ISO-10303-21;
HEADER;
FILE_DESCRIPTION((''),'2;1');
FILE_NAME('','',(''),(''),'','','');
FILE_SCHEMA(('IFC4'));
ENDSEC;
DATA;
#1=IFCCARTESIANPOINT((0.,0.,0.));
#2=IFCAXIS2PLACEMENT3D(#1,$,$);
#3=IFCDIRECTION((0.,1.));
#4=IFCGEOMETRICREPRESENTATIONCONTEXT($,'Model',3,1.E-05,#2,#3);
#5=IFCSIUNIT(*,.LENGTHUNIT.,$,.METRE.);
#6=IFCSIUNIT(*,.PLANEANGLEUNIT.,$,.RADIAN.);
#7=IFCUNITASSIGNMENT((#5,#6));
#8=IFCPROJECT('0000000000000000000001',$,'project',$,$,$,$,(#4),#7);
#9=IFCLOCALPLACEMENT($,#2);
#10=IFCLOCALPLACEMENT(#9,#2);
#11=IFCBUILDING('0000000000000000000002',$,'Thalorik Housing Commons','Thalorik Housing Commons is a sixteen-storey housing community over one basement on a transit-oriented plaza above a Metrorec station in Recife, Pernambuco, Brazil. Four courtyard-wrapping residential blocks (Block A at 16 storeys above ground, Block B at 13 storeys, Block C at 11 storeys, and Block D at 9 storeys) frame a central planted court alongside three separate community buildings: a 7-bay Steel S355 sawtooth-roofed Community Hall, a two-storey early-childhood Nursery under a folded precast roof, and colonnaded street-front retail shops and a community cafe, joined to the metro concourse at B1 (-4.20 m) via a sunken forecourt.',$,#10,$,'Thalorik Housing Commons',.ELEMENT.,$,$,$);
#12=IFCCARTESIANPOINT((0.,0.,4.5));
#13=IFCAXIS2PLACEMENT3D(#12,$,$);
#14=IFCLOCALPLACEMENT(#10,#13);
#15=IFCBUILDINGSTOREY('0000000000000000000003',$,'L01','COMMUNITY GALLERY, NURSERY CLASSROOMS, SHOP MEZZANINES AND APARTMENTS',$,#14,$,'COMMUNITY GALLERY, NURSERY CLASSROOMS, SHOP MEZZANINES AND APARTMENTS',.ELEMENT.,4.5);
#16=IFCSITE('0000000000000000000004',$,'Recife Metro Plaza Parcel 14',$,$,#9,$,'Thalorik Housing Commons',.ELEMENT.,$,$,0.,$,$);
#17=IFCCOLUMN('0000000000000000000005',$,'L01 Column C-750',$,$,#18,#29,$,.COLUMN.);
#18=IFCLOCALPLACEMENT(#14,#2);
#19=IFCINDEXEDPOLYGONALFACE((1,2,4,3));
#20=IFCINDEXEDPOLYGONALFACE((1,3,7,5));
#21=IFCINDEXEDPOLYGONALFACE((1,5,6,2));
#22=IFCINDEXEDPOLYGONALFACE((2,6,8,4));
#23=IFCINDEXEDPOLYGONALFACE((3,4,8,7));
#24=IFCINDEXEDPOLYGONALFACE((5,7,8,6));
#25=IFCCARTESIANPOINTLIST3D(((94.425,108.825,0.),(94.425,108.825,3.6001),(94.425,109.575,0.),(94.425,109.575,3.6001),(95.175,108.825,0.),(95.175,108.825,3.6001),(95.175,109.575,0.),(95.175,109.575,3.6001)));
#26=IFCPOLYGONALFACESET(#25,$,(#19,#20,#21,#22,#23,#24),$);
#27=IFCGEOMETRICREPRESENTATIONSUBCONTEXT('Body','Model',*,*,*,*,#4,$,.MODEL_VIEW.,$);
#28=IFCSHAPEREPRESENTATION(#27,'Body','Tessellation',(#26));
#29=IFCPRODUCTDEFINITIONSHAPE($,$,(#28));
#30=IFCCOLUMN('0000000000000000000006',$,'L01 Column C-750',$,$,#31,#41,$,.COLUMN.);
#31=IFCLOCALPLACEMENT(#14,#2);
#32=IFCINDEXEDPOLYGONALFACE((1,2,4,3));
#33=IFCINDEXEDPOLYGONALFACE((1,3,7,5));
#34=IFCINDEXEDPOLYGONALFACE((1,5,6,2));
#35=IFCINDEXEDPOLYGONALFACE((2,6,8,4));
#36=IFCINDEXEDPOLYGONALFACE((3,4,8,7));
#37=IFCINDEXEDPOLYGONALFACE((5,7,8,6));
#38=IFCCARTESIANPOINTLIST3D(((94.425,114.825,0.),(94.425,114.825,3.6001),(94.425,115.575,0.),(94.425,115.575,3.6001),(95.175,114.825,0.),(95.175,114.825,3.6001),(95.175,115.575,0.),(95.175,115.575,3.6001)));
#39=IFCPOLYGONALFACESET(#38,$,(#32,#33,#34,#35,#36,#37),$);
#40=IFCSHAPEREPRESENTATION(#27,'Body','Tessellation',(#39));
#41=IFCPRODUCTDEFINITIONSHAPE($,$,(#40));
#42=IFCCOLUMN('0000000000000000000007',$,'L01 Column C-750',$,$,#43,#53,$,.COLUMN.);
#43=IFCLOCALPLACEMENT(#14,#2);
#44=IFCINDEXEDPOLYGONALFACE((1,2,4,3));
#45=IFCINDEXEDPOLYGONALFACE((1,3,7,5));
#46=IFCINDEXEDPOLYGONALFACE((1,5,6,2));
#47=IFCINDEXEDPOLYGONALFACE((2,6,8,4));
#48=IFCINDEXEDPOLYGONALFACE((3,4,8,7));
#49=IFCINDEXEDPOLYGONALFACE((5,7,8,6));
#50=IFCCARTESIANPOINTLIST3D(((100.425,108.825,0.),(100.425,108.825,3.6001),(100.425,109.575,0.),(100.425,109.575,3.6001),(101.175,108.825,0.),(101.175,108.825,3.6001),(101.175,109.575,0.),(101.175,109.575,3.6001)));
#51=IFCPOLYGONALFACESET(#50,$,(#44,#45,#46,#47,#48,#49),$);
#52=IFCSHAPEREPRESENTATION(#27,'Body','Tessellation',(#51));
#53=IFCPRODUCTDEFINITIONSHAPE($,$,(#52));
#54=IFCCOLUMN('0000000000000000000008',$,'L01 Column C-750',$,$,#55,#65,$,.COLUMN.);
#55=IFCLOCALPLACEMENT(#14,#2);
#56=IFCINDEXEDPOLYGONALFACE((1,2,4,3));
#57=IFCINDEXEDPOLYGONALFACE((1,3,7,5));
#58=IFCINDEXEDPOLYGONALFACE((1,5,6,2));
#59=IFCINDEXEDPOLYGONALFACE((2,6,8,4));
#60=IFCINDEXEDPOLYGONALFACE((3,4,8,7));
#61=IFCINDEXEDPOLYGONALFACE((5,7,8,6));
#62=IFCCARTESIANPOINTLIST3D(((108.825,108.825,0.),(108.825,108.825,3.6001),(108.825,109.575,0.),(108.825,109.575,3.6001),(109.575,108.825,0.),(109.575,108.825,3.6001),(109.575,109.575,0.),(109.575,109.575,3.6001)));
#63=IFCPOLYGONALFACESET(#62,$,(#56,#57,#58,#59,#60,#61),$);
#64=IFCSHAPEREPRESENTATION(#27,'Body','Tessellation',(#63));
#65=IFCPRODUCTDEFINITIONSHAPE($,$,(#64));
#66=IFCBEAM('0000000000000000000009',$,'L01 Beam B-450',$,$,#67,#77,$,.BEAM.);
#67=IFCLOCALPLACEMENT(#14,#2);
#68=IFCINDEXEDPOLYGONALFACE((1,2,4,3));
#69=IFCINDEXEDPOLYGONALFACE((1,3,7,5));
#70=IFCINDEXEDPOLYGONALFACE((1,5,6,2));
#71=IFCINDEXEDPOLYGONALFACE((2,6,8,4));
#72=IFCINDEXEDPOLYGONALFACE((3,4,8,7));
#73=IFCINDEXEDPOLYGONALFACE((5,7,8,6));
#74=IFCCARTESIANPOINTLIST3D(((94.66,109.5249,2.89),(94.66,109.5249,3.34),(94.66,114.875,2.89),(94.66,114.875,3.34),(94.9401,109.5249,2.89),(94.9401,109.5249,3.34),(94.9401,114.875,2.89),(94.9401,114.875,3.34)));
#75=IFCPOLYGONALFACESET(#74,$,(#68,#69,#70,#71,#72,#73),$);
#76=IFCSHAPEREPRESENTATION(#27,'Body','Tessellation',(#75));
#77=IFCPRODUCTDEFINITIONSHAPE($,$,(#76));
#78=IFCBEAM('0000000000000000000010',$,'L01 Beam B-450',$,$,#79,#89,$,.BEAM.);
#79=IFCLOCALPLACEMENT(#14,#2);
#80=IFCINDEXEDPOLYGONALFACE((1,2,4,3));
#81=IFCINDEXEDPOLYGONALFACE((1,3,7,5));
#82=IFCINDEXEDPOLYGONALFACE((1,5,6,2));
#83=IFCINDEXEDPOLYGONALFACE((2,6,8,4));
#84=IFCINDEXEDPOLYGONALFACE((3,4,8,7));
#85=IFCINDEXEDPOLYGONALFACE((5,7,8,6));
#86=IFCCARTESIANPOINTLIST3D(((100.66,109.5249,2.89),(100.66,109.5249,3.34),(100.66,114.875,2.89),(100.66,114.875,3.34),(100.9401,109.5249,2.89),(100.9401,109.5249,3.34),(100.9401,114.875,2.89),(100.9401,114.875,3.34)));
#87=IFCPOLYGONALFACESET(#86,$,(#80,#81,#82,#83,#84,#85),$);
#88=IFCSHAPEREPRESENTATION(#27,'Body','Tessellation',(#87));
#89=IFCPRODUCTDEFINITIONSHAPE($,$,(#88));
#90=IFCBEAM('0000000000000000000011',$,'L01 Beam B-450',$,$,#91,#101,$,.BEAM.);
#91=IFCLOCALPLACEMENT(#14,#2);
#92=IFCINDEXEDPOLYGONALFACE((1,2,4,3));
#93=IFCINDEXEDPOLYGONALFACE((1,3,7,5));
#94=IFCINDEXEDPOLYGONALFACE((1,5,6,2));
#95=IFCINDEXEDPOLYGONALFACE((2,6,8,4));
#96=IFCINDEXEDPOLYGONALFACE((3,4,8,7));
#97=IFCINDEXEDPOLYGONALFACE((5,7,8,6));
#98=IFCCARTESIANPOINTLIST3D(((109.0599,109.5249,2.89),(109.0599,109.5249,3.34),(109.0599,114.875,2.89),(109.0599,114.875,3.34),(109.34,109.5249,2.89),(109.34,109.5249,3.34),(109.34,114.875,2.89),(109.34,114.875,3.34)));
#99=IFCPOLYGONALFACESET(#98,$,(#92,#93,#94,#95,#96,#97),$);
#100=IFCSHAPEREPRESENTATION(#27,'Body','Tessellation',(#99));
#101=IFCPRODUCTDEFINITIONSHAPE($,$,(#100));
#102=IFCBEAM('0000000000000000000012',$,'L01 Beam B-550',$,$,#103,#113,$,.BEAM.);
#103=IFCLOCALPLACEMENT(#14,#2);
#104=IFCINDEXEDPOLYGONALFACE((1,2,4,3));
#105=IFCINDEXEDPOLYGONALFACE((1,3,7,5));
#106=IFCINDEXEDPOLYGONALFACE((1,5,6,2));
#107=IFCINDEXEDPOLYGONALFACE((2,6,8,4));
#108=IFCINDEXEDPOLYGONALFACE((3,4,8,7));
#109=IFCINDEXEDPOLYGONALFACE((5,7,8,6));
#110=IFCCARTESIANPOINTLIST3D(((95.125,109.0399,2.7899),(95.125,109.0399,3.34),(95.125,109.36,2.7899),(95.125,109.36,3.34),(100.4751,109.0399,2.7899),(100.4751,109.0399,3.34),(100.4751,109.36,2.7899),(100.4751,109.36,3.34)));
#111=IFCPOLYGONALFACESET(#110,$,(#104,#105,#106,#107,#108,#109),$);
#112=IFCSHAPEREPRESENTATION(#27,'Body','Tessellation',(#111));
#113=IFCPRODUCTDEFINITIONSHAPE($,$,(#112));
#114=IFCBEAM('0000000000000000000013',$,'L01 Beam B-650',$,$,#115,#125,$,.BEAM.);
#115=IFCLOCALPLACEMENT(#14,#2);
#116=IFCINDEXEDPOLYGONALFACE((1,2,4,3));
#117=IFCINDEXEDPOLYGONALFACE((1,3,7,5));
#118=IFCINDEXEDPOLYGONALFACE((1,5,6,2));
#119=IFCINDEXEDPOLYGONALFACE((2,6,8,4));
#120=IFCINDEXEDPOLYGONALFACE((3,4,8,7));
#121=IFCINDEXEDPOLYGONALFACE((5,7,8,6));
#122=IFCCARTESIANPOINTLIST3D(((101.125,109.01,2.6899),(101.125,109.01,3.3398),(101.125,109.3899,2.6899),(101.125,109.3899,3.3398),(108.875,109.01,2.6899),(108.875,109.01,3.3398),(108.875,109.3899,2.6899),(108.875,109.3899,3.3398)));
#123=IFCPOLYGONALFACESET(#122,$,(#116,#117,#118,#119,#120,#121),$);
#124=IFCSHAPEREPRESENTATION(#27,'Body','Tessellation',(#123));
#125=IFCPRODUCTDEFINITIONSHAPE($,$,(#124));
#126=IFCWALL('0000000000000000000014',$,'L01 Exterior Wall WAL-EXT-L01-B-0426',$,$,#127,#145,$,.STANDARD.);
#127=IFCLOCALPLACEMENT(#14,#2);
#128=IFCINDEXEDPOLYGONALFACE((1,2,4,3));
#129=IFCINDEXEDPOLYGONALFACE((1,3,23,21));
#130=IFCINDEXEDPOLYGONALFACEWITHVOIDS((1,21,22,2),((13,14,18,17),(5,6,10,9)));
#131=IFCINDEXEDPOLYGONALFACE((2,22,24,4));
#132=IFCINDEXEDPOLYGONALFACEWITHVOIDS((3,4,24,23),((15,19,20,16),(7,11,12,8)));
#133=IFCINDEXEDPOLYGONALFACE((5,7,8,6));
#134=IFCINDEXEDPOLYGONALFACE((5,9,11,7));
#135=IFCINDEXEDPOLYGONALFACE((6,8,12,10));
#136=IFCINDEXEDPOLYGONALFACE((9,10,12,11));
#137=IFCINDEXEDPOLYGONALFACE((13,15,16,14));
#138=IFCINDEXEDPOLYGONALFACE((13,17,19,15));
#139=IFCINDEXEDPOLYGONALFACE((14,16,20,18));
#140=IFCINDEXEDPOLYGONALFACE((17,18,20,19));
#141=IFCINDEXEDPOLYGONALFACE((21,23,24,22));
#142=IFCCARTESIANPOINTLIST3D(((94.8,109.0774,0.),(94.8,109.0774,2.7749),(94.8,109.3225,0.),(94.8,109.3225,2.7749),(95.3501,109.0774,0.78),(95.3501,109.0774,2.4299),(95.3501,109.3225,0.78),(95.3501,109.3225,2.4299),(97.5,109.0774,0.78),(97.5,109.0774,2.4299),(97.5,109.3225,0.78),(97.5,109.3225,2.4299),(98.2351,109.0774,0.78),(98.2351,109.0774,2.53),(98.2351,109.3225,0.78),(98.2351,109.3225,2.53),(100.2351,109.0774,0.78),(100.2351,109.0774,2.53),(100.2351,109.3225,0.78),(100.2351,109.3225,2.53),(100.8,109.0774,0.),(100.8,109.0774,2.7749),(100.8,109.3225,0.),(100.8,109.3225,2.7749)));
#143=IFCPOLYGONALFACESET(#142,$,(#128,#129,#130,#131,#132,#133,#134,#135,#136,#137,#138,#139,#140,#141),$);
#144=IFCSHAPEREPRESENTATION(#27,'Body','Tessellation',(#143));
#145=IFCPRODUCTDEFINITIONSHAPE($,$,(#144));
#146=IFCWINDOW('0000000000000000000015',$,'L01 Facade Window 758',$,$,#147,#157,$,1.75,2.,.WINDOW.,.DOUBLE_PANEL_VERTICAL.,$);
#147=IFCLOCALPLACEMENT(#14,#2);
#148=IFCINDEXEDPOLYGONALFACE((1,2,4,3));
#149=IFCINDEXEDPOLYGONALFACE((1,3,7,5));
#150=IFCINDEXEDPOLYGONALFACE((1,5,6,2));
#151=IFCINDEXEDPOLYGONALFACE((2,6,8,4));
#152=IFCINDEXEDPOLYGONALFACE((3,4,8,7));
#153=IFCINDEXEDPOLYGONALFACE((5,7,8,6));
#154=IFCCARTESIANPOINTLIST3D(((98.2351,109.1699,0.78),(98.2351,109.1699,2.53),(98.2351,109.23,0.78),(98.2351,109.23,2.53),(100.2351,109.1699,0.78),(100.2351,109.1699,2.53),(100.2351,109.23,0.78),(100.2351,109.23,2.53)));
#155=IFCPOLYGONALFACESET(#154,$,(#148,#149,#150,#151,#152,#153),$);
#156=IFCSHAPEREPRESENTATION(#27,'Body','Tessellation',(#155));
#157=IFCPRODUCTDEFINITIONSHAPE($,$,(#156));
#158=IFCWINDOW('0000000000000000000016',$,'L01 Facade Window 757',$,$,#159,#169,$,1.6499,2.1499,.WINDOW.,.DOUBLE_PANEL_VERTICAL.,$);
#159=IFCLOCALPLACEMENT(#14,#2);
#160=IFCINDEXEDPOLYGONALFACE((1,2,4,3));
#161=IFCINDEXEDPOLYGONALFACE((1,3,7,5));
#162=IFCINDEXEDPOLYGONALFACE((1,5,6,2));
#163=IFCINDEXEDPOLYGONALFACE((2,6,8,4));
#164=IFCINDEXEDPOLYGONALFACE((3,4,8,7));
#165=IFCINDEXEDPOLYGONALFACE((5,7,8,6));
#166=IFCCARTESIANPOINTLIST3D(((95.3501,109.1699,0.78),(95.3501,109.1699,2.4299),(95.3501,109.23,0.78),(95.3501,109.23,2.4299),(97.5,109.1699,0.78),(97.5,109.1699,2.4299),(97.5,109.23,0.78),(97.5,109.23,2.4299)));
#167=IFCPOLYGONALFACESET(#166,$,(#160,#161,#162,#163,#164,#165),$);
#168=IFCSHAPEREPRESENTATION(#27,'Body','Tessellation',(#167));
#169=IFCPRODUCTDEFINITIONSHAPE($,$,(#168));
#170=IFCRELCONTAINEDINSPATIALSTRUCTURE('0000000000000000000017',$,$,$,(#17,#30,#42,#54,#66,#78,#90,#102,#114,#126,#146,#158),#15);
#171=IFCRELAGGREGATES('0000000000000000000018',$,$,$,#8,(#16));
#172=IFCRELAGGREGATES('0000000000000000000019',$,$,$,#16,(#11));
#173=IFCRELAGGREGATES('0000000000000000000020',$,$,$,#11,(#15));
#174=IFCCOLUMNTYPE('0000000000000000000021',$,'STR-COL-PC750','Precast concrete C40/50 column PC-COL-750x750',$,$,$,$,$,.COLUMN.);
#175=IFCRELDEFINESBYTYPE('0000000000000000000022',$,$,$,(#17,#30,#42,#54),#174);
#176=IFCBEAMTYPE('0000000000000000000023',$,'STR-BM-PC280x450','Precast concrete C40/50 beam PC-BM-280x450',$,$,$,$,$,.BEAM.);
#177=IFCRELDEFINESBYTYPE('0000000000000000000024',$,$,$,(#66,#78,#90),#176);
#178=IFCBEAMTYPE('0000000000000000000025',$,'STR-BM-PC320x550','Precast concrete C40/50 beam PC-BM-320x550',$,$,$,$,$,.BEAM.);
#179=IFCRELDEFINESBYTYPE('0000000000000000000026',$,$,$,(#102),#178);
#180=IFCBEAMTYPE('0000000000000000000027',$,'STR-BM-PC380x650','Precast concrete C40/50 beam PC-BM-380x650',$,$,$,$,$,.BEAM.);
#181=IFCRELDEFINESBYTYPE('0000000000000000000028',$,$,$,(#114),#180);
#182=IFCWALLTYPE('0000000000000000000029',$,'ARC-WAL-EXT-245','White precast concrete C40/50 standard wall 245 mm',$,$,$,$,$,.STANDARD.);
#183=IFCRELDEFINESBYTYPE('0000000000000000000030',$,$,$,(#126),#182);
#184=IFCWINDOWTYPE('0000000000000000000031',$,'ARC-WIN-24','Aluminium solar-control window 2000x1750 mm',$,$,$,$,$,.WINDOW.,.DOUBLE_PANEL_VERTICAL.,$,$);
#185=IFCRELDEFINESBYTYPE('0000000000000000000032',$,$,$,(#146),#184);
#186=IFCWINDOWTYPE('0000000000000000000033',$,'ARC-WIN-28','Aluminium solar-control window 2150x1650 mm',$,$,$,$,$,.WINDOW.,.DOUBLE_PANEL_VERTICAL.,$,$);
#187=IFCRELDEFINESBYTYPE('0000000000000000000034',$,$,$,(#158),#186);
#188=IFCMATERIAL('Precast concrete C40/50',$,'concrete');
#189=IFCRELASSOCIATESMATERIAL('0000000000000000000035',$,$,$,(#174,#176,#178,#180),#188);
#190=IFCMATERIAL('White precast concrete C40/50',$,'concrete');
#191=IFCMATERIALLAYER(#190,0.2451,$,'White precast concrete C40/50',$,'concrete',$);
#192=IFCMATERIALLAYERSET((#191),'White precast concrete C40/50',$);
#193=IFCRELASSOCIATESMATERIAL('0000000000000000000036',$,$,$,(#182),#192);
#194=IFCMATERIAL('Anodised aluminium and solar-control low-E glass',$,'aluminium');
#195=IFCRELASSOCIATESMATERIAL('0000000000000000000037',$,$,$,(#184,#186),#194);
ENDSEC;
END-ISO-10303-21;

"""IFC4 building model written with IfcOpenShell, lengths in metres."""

from ifc_helpers import new_model, si_unit, direction, frame, frame_2d, origin, origin_2d, place, context, subcontext, project, spatial, rectangle, extrude, material, layer, layer_set, material_profile, profile_set, type_object, element, fill, save


model = new_model("IFC4")

# Units and contexts
model_context = context("Model", 3, precision=1e-05, world=origin(), true_north=direction((0.0, 1.0)))
body_context = subcontext(model_context, "Body", "Model", "MODEL_VIEW")
ifc_project = project(units=[si_unit("LENGTHUNIT", "METRE"), si_unit("PLANEANGLEUNIT", "RADIAN")], contexts=[model_context])

# Site, building, storey
site_placement = place(None, origin())
site = spatial("IfcSite", under=ifc_project, at=site_placement, Name="Recife Metro Plaza Parcel 14", LongName="Thalorik Housing Commons", CompositionType="ELEMENT", RefElevation=0.0)
building_placement = place(site_placement, origin())
building = spatial("IfcBuilding", under=site, at=building_placement, Name="Thalorik Housing Commons", Description="Thalorik Housing Commons is a sixteen-storey housing community over one basement on a transit-oriented plaza above a Metrorec station in Recife, Pernambuco, Brazil. Four courtyard-wrapping residential blocks (Block A at 16 storeys above ground, Block B at 13 storeys, Block C at 11 storeys, and Block D at 9 storeys) frame a central planted court alongside three separate community buildings: a 7-bay Steel S355 sawtooth-roofed Community Hall, a two-storey early-childhood Nursery under a folded precast roof, and colonnaded street-front retail shops and a community cafe, joined to the metro concourse at B1 (-4.20 m) via a sunken forecourt.", LongName="Thalorik Housing Commons", CompositionType="ELEMENT")
storey_placement = place(building_placement, frame((0.0, 0.0, 4.5)))
storey = spatial("IfcBuildingStorey", under=building, at=storey_placement, Name="L01", Description="COMMUNITY GALLERY, NURSERY CLASSROOMS, SHOP MEZZANINES AND APARTMENTS", LongName="COMMUNITY GALLERY, NURSERY CLASSROOMS, SHOP MEZZANINES AND APARTMENTS", CompositionType="ELEMENT", Elevation=4.5)

# Columns
ifc_material_1 = material(Name="Precast concrete C40/50", Category="concrete")
ifc_material_profile_1 = material_profile(ifc_material_1, rectangle(XDim=0.75, YDim=0.75, at=origin_2d()), Name="PC 750x750", Category="concrete")
ifc_profile_set_1 = profile_set([ifc_material_profile_1], Name="Precast concrete C40/50")
column_type = type_object("IfcColumnType", Name="STR-COL-PC750", Description="Precast concrete C40/50 column PC-COL-750x750", PredefinedType="COLUMN", material=ifc_profile_set_1)
for number, where, z_axis, x_axis, name in (
    (1, (94.8, 109.2, 0.0), (0.0, 0.0, 1.0), (1.0, 0.0, 0.0), "L01 Column C-750"),
    (2, (94.8, 115.2, 0.0), (0.0, 0.0, 1.0), (1.0, 0.0, 0.0), "L01 Column C-750"),
    (3, (100.8, 109.2, 0.0), (0.0, 0.0, 1.0), (1.0, 0.0, 0.0), "L01 Column C-750"),
    (4, (109.2, 109.2, 0.0), (0.0, 0.0, 1.0), (1.0, 0.0, 0.0), "L01 Column C-750"),
):
    element("IfcColumn", number, at=place(storey_placement, frame(where, z_axis=z_axis, x_axis=x_axis)), inside=storey, type_object=column_type, Name=name, PredefinedType="COLUMN", context=body_context, shape_type="SweptSolid", body=[
        extrude(rectangle(XDim=0.75, YDim=0.75, at=origin_2d()), origin(), (0.0, 0.0, 1.0), 3.6001),
    ])

# Beams
ifc_material_profile_2 = material_profile(ifc_material_1, rectangle(XDim=0.28, YDim=0.45, at=origin_2d()), Name="PC 280x450", Category="concrete")
ifc_profile_set_2 = profile_set([ifc_material_profile_2], Name="Precast concrete C40/50")
beam_type_1 = type_object("IfcBeamType", Name="STR-BM-PC280x450", Description="Precast concrete C40/50 beam PC-BM-280x450", PredefinedType="BEAM", material=ifc_profile_set_2)
for number, where, z_axis, x_axis, name in (
    (5, (94.8, 109.5249, 3.115), (0.0, 1.0, 0.0), (-1.0, 0.0, 0.0), "L01 Beam B-450"),
    (6, (100.8, 109.5249, 3.115), (0.0, 1.0, 0.0), (-1.0, 0.0, 0.0), "L01 Beam B-450"),
    (7, (109.2, 109.5249, 3.115), (0.0, 1.0, 0.0), (-1.0, 0.0, 0.0), "L01 Beam B-450"),
):
    element("IfcBeam", number, at=place(storey_placement, frame(where, z_axis=z_axis, x_axis=x_axis)), inside=storey, type_object=beam_type_1, Name=name, PredefinedType="BEAM", context=body_context, shape_type="SweptSolid", body=[
        extrude(rectangle(XDim=0.28, YDim=0.45, at=origin_2d()), origin(), (0.0, 0.0, 1.0), 5.3501),
    ])
ifc_material_profile_3 = material_profile(ifc_material_1, rectangle(XDim=0.3201, YDim=0.55, at=origin_2d()), Name="PC 320x550", Category="concrete")
ifc_profile_set_3 = profile_set([ifc_material_profile_3], Name="Precast concrete C40/50")
beam_type_2 = type_object("IfcBeamType", Name="STR-BM-PC320x550", Description="Precast concrete C40/50 beam PC-BM-320x550", PredefinedType="BEAM", material=ifc_profile_set_3)
beam_1_placement = place(storey_placement, frame((95.125, 109.2, 3.0649), z_axis=(1.0, 0.0, 0.0), x_axis=(0.0, 1.0, 0.0)))
element("IfcBeam", 8, at=beam_1_placement, inside=storey, type_object=beam_type_2, Name="L01 Beam B-550", PredefinedType="BEAM", context=body_context, shape_type="SweptSolid", body=[
    extrude(rectangle(XDim=0.3201, YDim=0.55, at=origin_2d()), origin(), (0.0, 0.0, 1.0), 5.3501),
])
ifc_material_profile_4 = material_profile(ifc_material_1, rectangle(XDim=0.3799, YDim=0.6499, at=origin_2d()), Name="PC 380x650", Category="concrete")
ifc_profile_set_4 = profile_set([ifc_material_profile_4], Name="Precast concrete C40/50")
beam_type_3 = type_object("IfcBeamType", Name="STR-BM-PC380x650", Description="Precast concrete C40/50 beam PC-BM-380x650", PredefinedType="BEAM", material=ifc_profile_set_4)
beam_2_placement = place(storey_placement, frame((101.125, 109.2, 3.0149), z_axis=(1.0, 0.0, 0.0), x_axis=(0.0, 1.0, 0.0)))
element("IfcBeam", 9, at=beam_2_placement, inside=storey, type_object=beam_type_3, Name="L01 Beam B-650", PredefinedType="BEAM", context=body_context, shape_type="SweptSolid", body=[
    extrude(rectangle(XDim=0.3799, YDim=0.6499, at=origin_2d()), origin(), (0.0, 0.0, 1.0), 7.75),
])

# Wall, openings, windows
ifc_material_2 = material(Name="White precast concrete C40/50", Category="concrete")
ifc_layer_1 = layer(ifc_material_2, 0.2451, Name="White precast concrete C40/50", Category="concrete")
ifc_layer_set_1 = layer_set([ifc_layer_1], Name="White precast concrete C40/50")
wall_type_1 = type_object("IfcWallType", Name="ARC-WAL-EXT-245", Description="White precast concrete C40/50 standard wall 245 mm", PredefinedType="STANDARD", material=ifc_layer_set_1)
wall_1_placement = place(storey_placement, frame((94.8, 109.2, 0.0), z_axis=(0.0, 0.0, 1.0), x_axis=(1.0, 0.0, 0.0)))
wall_1 = element("IfcWall", 10, at=wall_1_placement, inside=storey, type_object=wall_type_1, Name="L01 Exterior Wall WAL-EXT-L01-B-0426", PredefinedType="STANDARD", context=body_context, shape_type="SweptSolid", body=[
    extrude(rectangle(XDim=6.0, YDim=0.2451, at=frame_2d((3.0, 0.0))), origin(), (0.0, 0.0, 1.0), 2.7749),
])
opening_1_placement = place(wall_1_placement, frame((0.55, 0.0, 0.78)))
opening_1 = element("IfcOpeningElement", 11, at=opening_1_placement, cuts=wall_1, PredefinedType="OPENING", context=body_context, shape_type="SweptSolid", body=[
    extrude(rectangle(XDim=2.1499, YDim=1.6499, at=frame_2d((1.075, 0.825))), frame((0.0, 0.1326, 0.0), z_axis=(0.0, -1.0, 0.0), x_axis=(1.0, 0.0, 0.0)), (0.0, 0.0, 1.0), 0.2651),
])
opening_2_placement = place(wall_1_placement, frame((3.4351, 0.0, 0.78)))
opening_2 = element("IfcOpeningElement", 12, at=opening_2_placement, cuts=wall_1, PredefinedType="OPENING", context=body_context, shape_type="SweptSolid", body=[
    extrude(rectangle(XDim=2.0, YDim=1.75, at=frame_2d((1.0, 0.875))), frame((0.0, 0.1326, 0.0), z_axis=(0.0, -1.0, 0.0), x_axis=(1.0, 0.0, 0.0)), (0.0, 0.0, 1.0), 0.2651),
])
ifc_material_3 = material(Name="Anodised aluminium and solar-control low-E glass", Category="aluminium")
window_type_1 = type_object("IfcWindowType", Name="ARC-WIN-24", Description="Aluminium solar-control window 2000x1750 mm", PartitioningType="DOUBLE_PANEL_VERTICAL", PredefinedType="WINDOW", material=ifc_material_3)
window_1_placement = place(opening_2_placement, origin())
window_1 = element("IfcWindow", 13, at=window_1_placement, inside=storey, type_object=window_type_1, Name="L01 Facade Window 758", OverallHeight=1.75, OverallWidth=2.0, PartitioningType="DOUBLE_PANEL_VERTICAL", PredefinedType="WINDOW", context=body_context, shape_type="SweptSolid", body=[
    extrude(rectangle(XDim=2.0, YDim=1.75, at=frame_2d((1.0, 0.875))), frame((0.0, 0.03, 0.0), z_axis=(0.0, -1.0, 0.0), x_axis=(1.0, 0.0, 0.0)), (0.0, 0.0, 1.0), 0.0601),
])
fill(opening_2, window_1)
window_type_2 = type_object("IfcWindowType", Name="ARC-WIN-28", Description="Aluminium solar-control window 2150x1650 mm", PartitioningType="DOUBLE_PANEL_VERTICAL", PredefinedType="WINDOW", material=ifc_material_3)
window_2_placement = place(opening_1_placement, origin())
window_2 = element("IfcWindow", 14, at=window_2_placement, inside=storey, type_object=window_type_2, Name="L01 Facade Window 757", OverallHeight=1.6499, OverallWidth=2.1499, PartitioningType="DOUBLE_PANEL_VERTICAL", PredefinedType="WINDOW", context=body_context, shape_type="SweptSolid", body=[
    extrude(rectangle(XDim=2.1499, YDim=1.6499, at=frame_2d((1.075, 0.825))), frame((0.0, 0.03, 0.0), z_axis=(0.0, -1.0, 0.0), x_axis=(1.0, 0.0, 0.0)), (0.0, 0.0, 1.0), 0.0601),
])
fill(opening_1, window_2)

save(model, "model.ifc")
